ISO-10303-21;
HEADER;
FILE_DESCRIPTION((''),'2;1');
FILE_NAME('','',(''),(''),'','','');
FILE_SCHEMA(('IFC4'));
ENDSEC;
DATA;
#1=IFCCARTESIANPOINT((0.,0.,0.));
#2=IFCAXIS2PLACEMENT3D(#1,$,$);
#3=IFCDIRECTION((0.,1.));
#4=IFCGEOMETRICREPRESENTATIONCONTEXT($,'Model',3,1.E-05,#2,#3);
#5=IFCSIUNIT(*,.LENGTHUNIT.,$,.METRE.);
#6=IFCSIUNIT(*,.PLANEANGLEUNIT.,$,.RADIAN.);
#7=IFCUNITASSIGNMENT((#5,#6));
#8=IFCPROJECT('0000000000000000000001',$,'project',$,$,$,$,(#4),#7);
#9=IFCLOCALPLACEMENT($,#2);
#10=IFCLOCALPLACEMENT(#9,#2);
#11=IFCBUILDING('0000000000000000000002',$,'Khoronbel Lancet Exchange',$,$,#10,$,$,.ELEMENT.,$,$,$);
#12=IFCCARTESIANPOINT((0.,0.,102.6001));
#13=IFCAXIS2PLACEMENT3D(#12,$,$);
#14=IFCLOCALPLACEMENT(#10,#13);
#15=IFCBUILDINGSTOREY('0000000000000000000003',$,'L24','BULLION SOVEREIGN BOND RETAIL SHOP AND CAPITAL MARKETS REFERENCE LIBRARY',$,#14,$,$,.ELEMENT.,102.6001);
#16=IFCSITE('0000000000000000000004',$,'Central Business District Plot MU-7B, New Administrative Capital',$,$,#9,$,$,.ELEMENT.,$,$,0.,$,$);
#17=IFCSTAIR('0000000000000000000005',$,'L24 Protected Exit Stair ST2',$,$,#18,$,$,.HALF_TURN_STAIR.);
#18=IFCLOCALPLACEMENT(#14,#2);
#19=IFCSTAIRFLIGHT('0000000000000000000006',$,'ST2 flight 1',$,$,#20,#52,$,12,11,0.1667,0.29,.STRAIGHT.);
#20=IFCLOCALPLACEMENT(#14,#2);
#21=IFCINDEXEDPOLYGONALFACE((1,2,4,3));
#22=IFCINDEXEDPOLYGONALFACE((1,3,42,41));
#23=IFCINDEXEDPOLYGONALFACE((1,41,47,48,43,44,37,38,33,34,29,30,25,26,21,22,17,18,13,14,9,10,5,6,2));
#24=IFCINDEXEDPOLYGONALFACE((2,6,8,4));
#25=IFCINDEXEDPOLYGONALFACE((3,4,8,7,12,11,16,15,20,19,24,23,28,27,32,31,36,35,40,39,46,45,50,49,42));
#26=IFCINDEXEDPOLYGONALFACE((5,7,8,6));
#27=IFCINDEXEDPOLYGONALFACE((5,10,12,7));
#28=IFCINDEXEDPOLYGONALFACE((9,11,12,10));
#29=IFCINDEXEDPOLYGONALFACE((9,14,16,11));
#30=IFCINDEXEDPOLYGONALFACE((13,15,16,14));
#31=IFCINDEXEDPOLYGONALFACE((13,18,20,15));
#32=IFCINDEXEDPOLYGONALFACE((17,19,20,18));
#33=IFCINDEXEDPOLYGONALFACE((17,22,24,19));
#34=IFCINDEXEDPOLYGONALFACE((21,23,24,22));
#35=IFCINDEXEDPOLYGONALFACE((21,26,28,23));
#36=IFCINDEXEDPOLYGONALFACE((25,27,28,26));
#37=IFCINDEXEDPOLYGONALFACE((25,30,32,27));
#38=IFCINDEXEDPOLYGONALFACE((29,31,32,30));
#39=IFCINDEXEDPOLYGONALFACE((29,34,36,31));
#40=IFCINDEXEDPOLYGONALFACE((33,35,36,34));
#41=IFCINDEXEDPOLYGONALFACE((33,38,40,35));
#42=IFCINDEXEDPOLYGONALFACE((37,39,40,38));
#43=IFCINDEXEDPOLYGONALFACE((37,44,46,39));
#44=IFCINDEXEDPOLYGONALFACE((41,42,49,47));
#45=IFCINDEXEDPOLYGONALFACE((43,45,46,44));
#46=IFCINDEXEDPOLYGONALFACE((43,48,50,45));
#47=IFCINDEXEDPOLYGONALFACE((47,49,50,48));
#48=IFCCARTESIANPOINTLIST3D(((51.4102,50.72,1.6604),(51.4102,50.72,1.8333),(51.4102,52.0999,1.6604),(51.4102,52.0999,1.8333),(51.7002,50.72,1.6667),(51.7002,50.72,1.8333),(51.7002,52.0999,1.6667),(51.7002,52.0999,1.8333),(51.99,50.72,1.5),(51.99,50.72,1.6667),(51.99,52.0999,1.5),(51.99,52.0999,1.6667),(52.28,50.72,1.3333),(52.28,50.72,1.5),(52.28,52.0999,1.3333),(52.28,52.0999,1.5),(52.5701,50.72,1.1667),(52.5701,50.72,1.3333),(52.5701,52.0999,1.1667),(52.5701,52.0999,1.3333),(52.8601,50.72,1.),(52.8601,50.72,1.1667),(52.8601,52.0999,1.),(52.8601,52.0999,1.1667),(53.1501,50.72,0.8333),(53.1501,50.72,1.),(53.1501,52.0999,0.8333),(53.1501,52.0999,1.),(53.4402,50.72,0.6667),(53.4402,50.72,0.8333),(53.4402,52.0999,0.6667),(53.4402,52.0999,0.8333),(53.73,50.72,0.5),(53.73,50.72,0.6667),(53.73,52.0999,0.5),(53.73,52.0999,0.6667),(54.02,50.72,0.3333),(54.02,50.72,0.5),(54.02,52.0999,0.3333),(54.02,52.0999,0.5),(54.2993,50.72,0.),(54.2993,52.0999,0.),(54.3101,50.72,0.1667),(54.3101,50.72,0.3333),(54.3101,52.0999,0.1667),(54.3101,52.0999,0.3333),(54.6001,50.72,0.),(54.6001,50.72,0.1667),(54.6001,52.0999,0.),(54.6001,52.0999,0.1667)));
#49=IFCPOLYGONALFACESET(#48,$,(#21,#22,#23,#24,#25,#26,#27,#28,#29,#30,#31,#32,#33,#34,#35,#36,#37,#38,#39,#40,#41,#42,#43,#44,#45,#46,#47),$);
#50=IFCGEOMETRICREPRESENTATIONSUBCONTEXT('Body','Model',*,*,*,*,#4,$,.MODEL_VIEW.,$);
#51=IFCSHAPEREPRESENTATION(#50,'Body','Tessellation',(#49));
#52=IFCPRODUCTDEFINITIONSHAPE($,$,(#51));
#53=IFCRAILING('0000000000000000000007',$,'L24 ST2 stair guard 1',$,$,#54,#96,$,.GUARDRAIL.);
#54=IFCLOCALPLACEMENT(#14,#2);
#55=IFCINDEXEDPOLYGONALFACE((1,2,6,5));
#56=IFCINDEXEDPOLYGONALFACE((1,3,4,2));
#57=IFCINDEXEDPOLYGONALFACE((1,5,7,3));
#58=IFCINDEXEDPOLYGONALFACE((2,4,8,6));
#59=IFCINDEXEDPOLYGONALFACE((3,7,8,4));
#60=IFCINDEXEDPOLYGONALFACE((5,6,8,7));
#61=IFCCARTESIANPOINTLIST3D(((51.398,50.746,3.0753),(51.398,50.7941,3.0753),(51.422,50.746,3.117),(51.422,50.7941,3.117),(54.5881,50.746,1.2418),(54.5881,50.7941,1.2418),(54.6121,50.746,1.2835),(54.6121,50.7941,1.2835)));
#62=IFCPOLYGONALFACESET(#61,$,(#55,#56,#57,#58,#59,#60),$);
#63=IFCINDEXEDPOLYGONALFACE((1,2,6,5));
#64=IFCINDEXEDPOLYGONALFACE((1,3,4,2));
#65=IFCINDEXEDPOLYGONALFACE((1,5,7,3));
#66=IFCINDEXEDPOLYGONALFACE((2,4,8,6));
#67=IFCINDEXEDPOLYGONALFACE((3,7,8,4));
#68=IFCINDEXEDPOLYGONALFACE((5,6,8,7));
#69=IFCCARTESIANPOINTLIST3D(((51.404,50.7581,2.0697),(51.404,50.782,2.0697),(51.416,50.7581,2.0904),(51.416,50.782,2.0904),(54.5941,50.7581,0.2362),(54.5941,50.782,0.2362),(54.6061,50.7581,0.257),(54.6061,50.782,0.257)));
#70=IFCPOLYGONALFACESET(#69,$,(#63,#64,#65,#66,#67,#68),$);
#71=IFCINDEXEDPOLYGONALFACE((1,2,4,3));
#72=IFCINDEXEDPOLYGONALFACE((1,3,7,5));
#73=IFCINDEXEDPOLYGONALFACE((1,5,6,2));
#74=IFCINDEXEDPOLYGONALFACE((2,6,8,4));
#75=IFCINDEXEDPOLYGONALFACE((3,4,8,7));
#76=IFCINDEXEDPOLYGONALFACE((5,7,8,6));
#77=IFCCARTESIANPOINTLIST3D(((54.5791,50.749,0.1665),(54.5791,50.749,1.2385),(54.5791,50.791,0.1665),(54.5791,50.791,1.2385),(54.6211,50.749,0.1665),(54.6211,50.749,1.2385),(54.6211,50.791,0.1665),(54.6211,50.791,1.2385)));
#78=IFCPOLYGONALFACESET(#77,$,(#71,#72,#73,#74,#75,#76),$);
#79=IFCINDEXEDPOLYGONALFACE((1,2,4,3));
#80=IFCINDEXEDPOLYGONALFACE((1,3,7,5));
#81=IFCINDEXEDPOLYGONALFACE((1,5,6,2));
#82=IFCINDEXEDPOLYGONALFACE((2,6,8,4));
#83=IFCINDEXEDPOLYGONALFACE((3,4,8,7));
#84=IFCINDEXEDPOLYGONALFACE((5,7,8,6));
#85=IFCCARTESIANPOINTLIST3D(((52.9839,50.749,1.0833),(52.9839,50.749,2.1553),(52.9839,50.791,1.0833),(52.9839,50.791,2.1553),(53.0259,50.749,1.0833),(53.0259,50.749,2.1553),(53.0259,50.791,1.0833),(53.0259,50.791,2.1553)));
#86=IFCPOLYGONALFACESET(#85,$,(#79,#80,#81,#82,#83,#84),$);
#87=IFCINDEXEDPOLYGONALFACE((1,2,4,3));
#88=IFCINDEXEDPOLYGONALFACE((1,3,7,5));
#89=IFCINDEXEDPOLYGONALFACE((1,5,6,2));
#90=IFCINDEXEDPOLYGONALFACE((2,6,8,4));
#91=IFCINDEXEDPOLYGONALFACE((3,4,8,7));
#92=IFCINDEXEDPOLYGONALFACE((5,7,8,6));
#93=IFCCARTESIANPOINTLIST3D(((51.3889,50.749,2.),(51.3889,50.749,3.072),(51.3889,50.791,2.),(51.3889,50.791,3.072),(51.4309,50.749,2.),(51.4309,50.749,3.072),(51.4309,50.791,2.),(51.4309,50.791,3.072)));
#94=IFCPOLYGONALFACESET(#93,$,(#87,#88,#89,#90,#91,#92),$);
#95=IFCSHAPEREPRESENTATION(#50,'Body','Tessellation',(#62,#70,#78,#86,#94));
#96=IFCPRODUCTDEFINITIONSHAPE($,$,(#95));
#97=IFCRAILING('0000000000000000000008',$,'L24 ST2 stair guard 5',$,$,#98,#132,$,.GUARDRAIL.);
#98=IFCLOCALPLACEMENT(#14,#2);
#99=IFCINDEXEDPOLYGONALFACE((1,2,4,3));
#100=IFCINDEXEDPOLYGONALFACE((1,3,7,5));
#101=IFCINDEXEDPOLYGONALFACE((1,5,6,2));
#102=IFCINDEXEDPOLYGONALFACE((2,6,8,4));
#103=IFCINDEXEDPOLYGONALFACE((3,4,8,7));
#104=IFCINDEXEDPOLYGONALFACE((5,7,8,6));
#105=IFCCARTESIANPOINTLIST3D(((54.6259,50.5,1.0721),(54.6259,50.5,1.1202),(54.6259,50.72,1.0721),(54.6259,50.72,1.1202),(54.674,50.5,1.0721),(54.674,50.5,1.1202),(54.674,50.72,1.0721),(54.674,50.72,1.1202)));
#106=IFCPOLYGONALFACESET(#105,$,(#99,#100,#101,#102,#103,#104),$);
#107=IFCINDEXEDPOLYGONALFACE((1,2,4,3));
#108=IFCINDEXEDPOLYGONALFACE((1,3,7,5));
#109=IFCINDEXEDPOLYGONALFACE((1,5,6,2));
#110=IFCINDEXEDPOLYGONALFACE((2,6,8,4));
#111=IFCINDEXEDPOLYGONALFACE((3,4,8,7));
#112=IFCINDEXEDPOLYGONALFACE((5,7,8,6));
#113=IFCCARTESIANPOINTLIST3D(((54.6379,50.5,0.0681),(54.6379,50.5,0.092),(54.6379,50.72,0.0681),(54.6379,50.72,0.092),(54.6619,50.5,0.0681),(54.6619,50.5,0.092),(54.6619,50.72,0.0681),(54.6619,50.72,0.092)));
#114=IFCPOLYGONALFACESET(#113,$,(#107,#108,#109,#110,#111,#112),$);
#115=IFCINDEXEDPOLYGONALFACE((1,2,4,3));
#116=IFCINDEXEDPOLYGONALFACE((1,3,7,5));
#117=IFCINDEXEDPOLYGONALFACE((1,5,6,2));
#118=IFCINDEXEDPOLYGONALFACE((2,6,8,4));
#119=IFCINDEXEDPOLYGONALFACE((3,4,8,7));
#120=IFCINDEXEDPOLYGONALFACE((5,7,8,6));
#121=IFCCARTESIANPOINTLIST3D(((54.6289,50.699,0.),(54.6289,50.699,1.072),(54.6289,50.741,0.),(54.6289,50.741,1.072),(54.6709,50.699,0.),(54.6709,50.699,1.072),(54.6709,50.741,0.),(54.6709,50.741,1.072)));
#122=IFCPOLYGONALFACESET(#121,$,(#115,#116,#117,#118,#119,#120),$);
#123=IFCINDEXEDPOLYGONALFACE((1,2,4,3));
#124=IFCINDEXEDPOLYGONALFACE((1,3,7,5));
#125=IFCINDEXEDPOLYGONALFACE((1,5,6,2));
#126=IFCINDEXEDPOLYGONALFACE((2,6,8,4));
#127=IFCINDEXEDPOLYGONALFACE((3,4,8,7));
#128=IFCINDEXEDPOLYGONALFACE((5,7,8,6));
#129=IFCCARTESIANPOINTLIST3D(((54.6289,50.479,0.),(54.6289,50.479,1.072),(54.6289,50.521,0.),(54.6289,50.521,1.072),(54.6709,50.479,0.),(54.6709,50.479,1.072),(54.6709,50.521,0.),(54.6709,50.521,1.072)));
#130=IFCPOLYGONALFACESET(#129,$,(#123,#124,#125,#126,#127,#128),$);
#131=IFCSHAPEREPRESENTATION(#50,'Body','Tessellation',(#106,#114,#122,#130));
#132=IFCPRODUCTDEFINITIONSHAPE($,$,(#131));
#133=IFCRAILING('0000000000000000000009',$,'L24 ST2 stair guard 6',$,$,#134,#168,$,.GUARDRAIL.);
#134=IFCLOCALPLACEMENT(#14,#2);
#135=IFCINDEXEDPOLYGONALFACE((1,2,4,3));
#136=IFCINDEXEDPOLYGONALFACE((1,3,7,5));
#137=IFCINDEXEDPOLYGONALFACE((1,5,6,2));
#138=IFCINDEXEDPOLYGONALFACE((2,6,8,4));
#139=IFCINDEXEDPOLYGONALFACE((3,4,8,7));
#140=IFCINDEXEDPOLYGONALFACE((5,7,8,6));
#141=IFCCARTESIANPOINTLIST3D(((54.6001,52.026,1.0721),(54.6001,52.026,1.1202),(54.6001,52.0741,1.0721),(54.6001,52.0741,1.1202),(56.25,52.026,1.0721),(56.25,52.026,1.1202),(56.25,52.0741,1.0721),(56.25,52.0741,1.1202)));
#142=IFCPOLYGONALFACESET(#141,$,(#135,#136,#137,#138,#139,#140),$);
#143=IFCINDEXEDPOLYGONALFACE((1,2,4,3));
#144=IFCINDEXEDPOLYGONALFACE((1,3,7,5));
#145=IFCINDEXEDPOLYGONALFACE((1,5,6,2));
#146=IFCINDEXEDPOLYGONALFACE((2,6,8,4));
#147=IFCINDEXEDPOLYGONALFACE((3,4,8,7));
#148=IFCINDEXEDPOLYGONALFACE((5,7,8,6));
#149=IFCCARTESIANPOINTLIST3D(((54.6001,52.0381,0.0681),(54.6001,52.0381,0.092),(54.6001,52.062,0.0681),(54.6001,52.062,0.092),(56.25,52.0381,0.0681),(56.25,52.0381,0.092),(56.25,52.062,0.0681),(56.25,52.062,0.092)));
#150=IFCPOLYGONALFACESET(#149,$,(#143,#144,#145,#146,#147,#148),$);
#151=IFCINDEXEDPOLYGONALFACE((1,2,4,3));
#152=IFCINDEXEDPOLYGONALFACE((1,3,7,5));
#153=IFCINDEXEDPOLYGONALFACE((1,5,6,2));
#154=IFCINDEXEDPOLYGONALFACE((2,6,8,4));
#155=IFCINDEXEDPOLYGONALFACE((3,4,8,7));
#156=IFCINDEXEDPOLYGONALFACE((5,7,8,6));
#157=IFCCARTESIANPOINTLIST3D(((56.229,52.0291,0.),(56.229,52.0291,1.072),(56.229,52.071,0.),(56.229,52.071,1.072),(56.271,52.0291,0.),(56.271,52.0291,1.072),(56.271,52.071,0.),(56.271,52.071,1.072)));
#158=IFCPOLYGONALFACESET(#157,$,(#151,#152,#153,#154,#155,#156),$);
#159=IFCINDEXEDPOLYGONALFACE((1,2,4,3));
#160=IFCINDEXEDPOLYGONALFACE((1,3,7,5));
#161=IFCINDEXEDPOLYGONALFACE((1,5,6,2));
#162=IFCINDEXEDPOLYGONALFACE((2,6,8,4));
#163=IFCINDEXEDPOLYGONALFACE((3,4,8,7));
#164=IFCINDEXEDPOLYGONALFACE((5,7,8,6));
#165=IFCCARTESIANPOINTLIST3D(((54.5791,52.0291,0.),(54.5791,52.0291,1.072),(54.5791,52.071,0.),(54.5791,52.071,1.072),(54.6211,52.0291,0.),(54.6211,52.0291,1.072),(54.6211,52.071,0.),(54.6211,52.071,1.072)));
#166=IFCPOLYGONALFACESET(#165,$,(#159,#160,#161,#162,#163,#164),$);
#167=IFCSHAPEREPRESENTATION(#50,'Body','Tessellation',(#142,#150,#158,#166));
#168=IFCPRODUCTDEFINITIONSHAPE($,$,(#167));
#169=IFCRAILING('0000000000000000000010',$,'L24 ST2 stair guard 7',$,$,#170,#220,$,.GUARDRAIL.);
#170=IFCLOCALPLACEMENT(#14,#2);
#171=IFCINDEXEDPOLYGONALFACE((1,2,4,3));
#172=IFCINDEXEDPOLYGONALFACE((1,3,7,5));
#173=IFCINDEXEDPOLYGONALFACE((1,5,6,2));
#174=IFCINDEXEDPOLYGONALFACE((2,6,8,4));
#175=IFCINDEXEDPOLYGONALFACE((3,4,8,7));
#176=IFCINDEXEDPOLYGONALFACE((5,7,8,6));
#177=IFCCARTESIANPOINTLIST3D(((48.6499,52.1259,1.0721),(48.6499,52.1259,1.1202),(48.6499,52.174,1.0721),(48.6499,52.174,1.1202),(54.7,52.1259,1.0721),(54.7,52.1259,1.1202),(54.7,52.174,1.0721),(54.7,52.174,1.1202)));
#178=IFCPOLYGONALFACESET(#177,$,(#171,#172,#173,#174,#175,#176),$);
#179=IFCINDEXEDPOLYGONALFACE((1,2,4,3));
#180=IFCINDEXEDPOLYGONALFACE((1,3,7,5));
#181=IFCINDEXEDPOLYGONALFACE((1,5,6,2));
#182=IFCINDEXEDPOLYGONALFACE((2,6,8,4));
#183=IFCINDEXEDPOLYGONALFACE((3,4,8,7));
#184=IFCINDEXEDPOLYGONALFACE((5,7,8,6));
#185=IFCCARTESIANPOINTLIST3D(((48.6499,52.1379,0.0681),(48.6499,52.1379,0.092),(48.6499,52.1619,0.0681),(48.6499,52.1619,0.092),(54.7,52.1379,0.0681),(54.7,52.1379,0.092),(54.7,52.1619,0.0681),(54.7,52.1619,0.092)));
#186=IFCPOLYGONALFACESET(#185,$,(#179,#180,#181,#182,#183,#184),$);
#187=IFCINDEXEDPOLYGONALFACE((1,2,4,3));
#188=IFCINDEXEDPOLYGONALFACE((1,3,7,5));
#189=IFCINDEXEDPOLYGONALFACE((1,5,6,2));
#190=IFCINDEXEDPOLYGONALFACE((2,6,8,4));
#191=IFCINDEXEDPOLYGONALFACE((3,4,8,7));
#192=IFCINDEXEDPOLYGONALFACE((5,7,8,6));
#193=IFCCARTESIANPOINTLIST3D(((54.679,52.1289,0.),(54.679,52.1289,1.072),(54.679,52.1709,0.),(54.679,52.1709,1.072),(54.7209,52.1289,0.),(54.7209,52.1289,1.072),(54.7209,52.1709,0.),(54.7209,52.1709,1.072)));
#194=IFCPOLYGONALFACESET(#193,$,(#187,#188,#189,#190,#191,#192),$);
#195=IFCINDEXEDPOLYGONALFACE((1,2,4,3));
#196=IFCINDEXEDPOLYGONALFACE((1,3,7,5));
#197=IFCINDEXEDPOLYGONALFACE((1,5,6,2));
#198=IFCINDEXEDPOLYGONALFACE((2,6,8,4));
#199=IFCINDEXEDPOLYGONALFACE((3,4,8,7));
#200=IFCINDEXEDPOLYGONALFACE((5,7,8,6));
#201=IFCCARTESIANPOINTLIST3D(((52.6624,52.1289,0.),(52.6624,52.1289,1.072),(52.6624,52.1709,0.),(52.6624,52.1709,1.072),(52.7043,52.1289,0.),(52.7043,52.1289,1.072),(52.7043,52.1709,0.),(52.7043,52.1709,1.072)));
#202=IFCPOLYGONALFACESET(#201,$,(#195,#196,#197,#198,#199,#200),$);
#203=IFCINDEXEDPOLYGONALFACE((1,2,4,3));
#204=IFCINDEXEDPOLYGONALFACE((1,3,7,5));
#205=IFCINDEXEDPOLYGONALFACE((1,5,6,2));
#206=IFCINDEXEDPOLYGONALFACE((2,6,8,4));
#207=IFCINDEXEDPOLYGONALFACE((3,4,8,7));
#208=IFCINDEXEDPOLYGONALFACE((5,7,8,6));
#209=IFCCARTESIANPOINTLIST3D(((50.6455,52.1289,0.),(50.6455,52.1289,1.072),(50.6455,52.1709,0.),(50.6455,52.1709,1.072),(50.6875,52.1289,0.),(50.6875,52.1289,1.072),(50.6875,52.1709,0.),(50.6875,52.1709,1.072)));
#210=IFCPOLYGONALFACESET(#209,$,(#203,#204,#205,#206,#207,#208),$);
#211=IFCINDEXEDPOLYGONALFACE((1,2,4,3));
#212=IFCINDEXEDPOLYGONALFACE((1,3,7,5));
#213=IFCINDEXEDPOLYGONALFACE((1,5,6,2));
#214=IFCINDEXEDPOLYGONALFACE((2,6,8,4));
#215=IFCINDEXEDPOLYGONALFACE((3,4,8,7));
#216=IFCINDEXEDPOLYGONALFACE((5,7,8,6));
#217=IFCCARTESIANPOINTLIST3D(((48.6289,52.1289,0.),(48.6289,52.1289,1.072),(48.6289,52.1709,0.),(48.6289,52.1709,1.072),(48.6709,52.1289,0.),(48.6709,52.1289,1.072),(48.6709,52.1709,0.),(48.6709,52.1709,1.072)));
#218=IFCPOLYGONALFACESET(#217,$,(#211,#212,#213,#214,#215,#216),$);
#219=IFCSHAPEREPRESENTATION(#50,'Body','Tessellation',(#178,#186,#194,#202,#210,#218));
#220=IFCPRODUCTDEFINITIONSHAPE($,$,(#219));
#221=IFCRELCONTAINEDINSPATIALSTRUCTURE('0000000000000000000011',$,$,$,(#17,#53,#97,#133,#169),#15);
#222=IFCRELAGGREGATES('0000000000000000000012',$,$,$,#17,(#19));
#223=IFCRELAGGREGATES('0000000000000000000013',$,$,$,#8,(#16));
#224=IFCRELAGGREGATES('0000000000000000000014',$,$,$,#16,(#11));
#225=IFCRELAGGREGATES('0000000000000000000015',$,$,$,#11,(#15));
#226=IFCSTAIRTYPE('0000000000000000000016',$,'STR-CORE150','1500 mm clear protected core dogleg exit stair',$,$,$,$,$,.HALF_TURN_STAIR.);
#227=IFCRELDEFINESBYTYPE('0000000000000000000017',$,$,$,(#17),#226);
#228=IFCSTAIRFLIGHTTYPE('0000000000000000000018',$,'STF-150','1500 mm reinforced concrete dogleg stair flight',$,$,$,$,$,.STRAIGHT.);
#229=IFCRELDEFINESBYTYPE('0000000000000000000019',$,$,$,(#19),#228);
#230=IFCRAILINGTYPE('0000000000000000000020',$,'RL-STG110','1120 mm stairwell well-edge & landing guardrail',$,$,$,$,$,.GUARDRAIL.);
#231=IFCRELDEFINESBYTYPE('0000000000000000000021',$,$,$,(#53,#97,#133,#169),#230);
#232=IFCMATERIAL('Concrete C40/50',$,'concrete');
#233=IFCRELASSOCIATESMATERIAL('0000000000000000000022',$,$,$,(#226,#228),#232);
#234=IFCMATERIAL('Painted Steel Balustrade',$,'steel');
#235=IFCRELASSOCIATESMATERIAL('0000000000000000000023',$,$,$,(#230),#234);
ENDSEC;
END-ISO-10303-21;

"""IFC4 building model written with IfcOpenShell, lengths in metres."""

from ifc_helpers import new_model, si_unit, direction, frame, origin, origin_2d, place, context, subcontext, project, spatial, polyline, rectangle, outline, extrude, material, type_object, element, aggregate, save


model = new_model("IFC4")

# Units and contexts
model_context = context("Model", 3, precision=1e-05, world=origin(), true_north=direction((0.0, 1.0)))
body_context = subcontext(model_context, "Body", "Model", "MODEL_VIEW")
ifc_project = project(units=[si_unit("LENGTHUNIT", "METRE"), si_unit("PLANEANGLEUNIT", "RADIAN")], contexts=[model_context])

# Site, building, storey
site_placement = place(None, origin())
site = spatial("IfcSite", under=ifc_project, at=site_placement, Name="Central Business District Plot MU-7B, New Administrative Capital", CompositionType="ELEMENT", RefElevation=0.0)
building_placement = place(site_placement, origin())
building = spatial("IfcBuilding", under=site, at=building_placement, Name="Khoronbel Lancet Exchange", CompositionType="ELEMENT")
storey_placement = place(building_placement, frame((0.0, 0.0, 102.6001)))
storey = spatial("IfcBuildingStorey", under=building, at=storey_placement, Name="L24", Description="BULLION SOVEREIGN BOND RETAIL SHOP AND CAPITAL MARKETS REFERENCE LIBRARY", CompositionType="ELEMENT", Elevation=102.6001)

# Stair, stair flight
ifc_material_1 = material(Name="Concrete C40/50", Category="concrete")
stair_type = type_object("IfcStairType", Name="STR-CORE150", Description="1500 mm clear protected core dogleg exit stair", PredefinedType="HALF_TURN_STAIR", material=ifc_material_1)
stair_placement = place(storey_placement, origin())
stair = element("IfcStair", 1, at=stair_placement, inside=storey, type_object=stair_type, Name="L24 Protected Exit Stair ST2", PredefinedType="HALF_TURN_STAIR")
stair_flight_type = type_object("IfcStairFlightType", Name="STF-150", Description="1500 mm reinforced concrete dogleg stair flight", PredefinedType="STRAIGHT", material=ifc_material_1)
stair_flight_placement = place(storey_placement, frame((54.6001, 51.4099, 0.0), z_axis=(0.0, 0.0, 1.0), x_axis=(-1.0, 0.0, 0.0)))
stair_flight = element("IfcStairFlight", 2, at=stair_flight_placement, type_object=stair_flight_type, Name="ST2 flight 1", NumberOfRisers=12, NumberOfTreads=11, PredefinedType="STRAIGHT", RiserHeight=0.1667, TreadLength=0.29, context=body_context, shape_type="SweptSolid", body=[
    extrude(outline(polyline([(0.0, 0.0), (0.0, 0.1667), (0.29, 0.1667), (0.29, 0.3333), (0.5801, 0.3333), (0.5801, 0.5), (0.8701, 0.5), (0.8701, 0.6667), (1.1599, 0.6667), (1.1599, 0.8333), (1.45, 0.8333), (1.45, 1.0), (1.74, 1.0), (1.74, 1.1667), (2.03, 1.1667), (2.03, 1.3333), (2.3201, 1.3333), (2.3201, 1.5), (2.6101, 1.5), (2.6101, 1.6667), (2.8999, 1.6667), (2.8999, 1.8333), (3.1899, 1.8333), (3.1899, 2.0), (3.1899, 1.6604), (0.3008, 0.0), (0.0, 0.0)])), frame((0.0, 0.6899, 0.0), z_axis=(0.0, -1.0, 0.0), x_axis=(1.0, 0.0, 0.0)), (0.0, 0.0, 1.0), 1.3799),
])
aggregate(stair, [stair_flight])

# Railings
ifc_material_2 = material(Name="Painted Steel Balustrade", Category="steel")
railing_type_1 = type_object("IfcRailingType", Name="RL-STG110", Description="1120 mm stairwell well-edge & landing guardrail", PredefinedType="GUARDRAIL", material=ifc_material_2)
railing_1_placement = place(storey_placement, frame((54.6001, 50.77, 0.1665)))
element("IfcRailing", 3, at=railing_1_placement, inside=storey, type_object=railing_type_1, Name="L24 ST2 stair guard 1", PredefinedType="GUARDRAIL", context=body_context, shape_type="SweptSolid", body=[
    extrude(rectangle(XDim=0.0481, YDim=0.0481, at=origin_2d()), frame((0.0, 0.0, 1.0962), z_axis=(-0.867007, 0.0, 0.498295), x_axis=(0.0, -1.0, 0.0)), (0.0, 0.0, 1.0), 3.6794),
    extrude(rectangle(XDim=0.0239, YDim=0.0239, at=origin_2d()), frame((0.0, 0.0, 0.0801), z_axis=(-0.867007, 0.0, 0.498295), x_axis=(0.0, -1.0, 0.0)), (0.0, 0.0, 1.0), 3.6794),
    extrude(rectangle(XDim=0.042, YDim=0.042, at=origin_2d()), origin(), (0.0, 0.0, 1.0), 1.072),
    extrude(rectangle(XDim=0.042, YDim=0.042, at=origin_2d()), frame((-1.5952, 0.0, 0.9167)), (0.0, 0.0, 1.0), 1.072),
    extrude(rectangle(XDim=0.042, YDim=0.042, at=origin_2d()), frame((-3.1902, 0.0, 1.8335)), (0.0, 0.0, 1.0), 1.072),
])
railing_2_placement = place(storey_placement, frame((54.6499, 50.72, 0.0)))
element("IfcRailing", 4, at=railing_2_placement, inside=storey, type_object=railing_type_1, Name="L24 ST2 stair guard 5", PredefinedType="GUARDRAIL", context=body_context, shape_type="SweptSolid", body=[
    extrude(rectangle(XDim=0.0481, YDim=0.0481, at=origin_2d()), frame((0.0, 0.0, 1.0962), z_axis=(0.0, -1.0, 0.0), x_axis=(1.0, 0.0, 0.0)), (0.0, 0.0, 1.0), 0.22),
    extrude(rectangle(XDim=0.0239, YDim=0.0239, at=origin_2d()), frame((0.0, 0.0, 0.0801), z_axis=(0.0, -1.0, 0.0), x_axis=(1.0, 0.0, 0.0)), (0.0, 0.0, 1.0), 0.22),
    extrude(rectangle(XDim=0.042, YDim=0.042, at=origin_2d()), origin(), (0.0, 0.0, 1.0), 1.072),
    extrude(rectangle(XDim=0.042, YDim=0.042, at=origin_2d()), frame((0.0, -0.22, 0.0)), (0.0, 0.0, 1.0), 1.072),
])
railing_3_placement = place(storey_placement, frame((56.25, 52.05, 0.0)))
element("IfcRailing", 5, at=railing_3_placement, inside=storey, type_object=railing_type_1, Name="L24 ST2 stair guard 6", PredefinedType="GUARDRAIL", context=body_context, shape_type="SweptSolid", body=[
    extrude(rectangle(XDim=0.0481, YDim=0.0481, at=origin_2d()), frame((0.0, 0.0, 1.0962), z_axis=(-1.0, 0.0, 0.0), x_axis=(0.0, -1.0, 0.0)), (0.0, 0.0, 1.0), 1.6499),
    extrude(rectangle(XDim=0.0239, YDim=0.0239, at=origin_2d()), frame((0.0, 0.0, 0.0801), z_axis=(-1.0, 0.0, 0.0), x_axis=(0.0, -1.0, 0.0)), (0.0, 0.0, 1.0), 1.6499),
    extrude(rectangle(XDim=0.042, YDim=0.042, at=origin_2d()), origin(), (0.0, 0.0, 1.0), 1.072),
    extrude(rectangle(XDim=0.042, YDim=0.042, at=origin_2d()), frame((-1.6499, 0.0, 0.0)), (0.0, 0.0, 1.0), 1.072),
])
railing_4_placement = place(storey_placement, frame((54.7, 52.1499, 0.0)))
element("IfcRailing", 6, at=railing_4_placement, inside=storey, type_object=railing_type_1, Name="L24 ST2 stair guard 7", PredefinedType="GUARDRAIL", context=body_context, shape_type="SweptSolid", body=[
    extrude(rectangle(XDim=0.0481, YDim=0.0481, at=origin_2d()), frame((0.0, 0.0, 1.0962), z_axis=(-1.0, 0.0, 0.0), x_axis=(0.0, -1.0, 0.0)), (0.0, 0.0, 1.0), 6.05),
    extrude(rectangle(XDim=0.0239, YDim=0.0239, at=origin_2d()), frame((0.0, 0.0, 0.0801), z_axis=(-1.0, 0.0, 0.0), x_axis=(0.0, -1.0, 0.0)), (0.0, 0.0, 1.0), 6.05),
    extrude(rectangle(XDim=0.042, YDim=0.042, at=origin_2d()), origin(), (0.0, 0.0, 1.0), 1.072),
    extrude(rectangle(XDim=0.042, YDim=0.042, at=origin_2d()), frame((-2.0166, 0.0, 0.0)), (0.0, 0.0, 1.0), 1.072),
    extrude(rectangle(XDim=0.042, YDim=0.042, at=origin_2d()), frame((-4.0334, 0.0, 0.0)), (0.0, 0.0, 1.0), 1.072),
    extrude(rectangle(XDim=0.042, YDim=0.042, at=origin_2d()), frame((-6.05, 0.0, 0.0)), (0.0, 0.0, 1.0), 1.072),
])

save(model, "model.ifc")
